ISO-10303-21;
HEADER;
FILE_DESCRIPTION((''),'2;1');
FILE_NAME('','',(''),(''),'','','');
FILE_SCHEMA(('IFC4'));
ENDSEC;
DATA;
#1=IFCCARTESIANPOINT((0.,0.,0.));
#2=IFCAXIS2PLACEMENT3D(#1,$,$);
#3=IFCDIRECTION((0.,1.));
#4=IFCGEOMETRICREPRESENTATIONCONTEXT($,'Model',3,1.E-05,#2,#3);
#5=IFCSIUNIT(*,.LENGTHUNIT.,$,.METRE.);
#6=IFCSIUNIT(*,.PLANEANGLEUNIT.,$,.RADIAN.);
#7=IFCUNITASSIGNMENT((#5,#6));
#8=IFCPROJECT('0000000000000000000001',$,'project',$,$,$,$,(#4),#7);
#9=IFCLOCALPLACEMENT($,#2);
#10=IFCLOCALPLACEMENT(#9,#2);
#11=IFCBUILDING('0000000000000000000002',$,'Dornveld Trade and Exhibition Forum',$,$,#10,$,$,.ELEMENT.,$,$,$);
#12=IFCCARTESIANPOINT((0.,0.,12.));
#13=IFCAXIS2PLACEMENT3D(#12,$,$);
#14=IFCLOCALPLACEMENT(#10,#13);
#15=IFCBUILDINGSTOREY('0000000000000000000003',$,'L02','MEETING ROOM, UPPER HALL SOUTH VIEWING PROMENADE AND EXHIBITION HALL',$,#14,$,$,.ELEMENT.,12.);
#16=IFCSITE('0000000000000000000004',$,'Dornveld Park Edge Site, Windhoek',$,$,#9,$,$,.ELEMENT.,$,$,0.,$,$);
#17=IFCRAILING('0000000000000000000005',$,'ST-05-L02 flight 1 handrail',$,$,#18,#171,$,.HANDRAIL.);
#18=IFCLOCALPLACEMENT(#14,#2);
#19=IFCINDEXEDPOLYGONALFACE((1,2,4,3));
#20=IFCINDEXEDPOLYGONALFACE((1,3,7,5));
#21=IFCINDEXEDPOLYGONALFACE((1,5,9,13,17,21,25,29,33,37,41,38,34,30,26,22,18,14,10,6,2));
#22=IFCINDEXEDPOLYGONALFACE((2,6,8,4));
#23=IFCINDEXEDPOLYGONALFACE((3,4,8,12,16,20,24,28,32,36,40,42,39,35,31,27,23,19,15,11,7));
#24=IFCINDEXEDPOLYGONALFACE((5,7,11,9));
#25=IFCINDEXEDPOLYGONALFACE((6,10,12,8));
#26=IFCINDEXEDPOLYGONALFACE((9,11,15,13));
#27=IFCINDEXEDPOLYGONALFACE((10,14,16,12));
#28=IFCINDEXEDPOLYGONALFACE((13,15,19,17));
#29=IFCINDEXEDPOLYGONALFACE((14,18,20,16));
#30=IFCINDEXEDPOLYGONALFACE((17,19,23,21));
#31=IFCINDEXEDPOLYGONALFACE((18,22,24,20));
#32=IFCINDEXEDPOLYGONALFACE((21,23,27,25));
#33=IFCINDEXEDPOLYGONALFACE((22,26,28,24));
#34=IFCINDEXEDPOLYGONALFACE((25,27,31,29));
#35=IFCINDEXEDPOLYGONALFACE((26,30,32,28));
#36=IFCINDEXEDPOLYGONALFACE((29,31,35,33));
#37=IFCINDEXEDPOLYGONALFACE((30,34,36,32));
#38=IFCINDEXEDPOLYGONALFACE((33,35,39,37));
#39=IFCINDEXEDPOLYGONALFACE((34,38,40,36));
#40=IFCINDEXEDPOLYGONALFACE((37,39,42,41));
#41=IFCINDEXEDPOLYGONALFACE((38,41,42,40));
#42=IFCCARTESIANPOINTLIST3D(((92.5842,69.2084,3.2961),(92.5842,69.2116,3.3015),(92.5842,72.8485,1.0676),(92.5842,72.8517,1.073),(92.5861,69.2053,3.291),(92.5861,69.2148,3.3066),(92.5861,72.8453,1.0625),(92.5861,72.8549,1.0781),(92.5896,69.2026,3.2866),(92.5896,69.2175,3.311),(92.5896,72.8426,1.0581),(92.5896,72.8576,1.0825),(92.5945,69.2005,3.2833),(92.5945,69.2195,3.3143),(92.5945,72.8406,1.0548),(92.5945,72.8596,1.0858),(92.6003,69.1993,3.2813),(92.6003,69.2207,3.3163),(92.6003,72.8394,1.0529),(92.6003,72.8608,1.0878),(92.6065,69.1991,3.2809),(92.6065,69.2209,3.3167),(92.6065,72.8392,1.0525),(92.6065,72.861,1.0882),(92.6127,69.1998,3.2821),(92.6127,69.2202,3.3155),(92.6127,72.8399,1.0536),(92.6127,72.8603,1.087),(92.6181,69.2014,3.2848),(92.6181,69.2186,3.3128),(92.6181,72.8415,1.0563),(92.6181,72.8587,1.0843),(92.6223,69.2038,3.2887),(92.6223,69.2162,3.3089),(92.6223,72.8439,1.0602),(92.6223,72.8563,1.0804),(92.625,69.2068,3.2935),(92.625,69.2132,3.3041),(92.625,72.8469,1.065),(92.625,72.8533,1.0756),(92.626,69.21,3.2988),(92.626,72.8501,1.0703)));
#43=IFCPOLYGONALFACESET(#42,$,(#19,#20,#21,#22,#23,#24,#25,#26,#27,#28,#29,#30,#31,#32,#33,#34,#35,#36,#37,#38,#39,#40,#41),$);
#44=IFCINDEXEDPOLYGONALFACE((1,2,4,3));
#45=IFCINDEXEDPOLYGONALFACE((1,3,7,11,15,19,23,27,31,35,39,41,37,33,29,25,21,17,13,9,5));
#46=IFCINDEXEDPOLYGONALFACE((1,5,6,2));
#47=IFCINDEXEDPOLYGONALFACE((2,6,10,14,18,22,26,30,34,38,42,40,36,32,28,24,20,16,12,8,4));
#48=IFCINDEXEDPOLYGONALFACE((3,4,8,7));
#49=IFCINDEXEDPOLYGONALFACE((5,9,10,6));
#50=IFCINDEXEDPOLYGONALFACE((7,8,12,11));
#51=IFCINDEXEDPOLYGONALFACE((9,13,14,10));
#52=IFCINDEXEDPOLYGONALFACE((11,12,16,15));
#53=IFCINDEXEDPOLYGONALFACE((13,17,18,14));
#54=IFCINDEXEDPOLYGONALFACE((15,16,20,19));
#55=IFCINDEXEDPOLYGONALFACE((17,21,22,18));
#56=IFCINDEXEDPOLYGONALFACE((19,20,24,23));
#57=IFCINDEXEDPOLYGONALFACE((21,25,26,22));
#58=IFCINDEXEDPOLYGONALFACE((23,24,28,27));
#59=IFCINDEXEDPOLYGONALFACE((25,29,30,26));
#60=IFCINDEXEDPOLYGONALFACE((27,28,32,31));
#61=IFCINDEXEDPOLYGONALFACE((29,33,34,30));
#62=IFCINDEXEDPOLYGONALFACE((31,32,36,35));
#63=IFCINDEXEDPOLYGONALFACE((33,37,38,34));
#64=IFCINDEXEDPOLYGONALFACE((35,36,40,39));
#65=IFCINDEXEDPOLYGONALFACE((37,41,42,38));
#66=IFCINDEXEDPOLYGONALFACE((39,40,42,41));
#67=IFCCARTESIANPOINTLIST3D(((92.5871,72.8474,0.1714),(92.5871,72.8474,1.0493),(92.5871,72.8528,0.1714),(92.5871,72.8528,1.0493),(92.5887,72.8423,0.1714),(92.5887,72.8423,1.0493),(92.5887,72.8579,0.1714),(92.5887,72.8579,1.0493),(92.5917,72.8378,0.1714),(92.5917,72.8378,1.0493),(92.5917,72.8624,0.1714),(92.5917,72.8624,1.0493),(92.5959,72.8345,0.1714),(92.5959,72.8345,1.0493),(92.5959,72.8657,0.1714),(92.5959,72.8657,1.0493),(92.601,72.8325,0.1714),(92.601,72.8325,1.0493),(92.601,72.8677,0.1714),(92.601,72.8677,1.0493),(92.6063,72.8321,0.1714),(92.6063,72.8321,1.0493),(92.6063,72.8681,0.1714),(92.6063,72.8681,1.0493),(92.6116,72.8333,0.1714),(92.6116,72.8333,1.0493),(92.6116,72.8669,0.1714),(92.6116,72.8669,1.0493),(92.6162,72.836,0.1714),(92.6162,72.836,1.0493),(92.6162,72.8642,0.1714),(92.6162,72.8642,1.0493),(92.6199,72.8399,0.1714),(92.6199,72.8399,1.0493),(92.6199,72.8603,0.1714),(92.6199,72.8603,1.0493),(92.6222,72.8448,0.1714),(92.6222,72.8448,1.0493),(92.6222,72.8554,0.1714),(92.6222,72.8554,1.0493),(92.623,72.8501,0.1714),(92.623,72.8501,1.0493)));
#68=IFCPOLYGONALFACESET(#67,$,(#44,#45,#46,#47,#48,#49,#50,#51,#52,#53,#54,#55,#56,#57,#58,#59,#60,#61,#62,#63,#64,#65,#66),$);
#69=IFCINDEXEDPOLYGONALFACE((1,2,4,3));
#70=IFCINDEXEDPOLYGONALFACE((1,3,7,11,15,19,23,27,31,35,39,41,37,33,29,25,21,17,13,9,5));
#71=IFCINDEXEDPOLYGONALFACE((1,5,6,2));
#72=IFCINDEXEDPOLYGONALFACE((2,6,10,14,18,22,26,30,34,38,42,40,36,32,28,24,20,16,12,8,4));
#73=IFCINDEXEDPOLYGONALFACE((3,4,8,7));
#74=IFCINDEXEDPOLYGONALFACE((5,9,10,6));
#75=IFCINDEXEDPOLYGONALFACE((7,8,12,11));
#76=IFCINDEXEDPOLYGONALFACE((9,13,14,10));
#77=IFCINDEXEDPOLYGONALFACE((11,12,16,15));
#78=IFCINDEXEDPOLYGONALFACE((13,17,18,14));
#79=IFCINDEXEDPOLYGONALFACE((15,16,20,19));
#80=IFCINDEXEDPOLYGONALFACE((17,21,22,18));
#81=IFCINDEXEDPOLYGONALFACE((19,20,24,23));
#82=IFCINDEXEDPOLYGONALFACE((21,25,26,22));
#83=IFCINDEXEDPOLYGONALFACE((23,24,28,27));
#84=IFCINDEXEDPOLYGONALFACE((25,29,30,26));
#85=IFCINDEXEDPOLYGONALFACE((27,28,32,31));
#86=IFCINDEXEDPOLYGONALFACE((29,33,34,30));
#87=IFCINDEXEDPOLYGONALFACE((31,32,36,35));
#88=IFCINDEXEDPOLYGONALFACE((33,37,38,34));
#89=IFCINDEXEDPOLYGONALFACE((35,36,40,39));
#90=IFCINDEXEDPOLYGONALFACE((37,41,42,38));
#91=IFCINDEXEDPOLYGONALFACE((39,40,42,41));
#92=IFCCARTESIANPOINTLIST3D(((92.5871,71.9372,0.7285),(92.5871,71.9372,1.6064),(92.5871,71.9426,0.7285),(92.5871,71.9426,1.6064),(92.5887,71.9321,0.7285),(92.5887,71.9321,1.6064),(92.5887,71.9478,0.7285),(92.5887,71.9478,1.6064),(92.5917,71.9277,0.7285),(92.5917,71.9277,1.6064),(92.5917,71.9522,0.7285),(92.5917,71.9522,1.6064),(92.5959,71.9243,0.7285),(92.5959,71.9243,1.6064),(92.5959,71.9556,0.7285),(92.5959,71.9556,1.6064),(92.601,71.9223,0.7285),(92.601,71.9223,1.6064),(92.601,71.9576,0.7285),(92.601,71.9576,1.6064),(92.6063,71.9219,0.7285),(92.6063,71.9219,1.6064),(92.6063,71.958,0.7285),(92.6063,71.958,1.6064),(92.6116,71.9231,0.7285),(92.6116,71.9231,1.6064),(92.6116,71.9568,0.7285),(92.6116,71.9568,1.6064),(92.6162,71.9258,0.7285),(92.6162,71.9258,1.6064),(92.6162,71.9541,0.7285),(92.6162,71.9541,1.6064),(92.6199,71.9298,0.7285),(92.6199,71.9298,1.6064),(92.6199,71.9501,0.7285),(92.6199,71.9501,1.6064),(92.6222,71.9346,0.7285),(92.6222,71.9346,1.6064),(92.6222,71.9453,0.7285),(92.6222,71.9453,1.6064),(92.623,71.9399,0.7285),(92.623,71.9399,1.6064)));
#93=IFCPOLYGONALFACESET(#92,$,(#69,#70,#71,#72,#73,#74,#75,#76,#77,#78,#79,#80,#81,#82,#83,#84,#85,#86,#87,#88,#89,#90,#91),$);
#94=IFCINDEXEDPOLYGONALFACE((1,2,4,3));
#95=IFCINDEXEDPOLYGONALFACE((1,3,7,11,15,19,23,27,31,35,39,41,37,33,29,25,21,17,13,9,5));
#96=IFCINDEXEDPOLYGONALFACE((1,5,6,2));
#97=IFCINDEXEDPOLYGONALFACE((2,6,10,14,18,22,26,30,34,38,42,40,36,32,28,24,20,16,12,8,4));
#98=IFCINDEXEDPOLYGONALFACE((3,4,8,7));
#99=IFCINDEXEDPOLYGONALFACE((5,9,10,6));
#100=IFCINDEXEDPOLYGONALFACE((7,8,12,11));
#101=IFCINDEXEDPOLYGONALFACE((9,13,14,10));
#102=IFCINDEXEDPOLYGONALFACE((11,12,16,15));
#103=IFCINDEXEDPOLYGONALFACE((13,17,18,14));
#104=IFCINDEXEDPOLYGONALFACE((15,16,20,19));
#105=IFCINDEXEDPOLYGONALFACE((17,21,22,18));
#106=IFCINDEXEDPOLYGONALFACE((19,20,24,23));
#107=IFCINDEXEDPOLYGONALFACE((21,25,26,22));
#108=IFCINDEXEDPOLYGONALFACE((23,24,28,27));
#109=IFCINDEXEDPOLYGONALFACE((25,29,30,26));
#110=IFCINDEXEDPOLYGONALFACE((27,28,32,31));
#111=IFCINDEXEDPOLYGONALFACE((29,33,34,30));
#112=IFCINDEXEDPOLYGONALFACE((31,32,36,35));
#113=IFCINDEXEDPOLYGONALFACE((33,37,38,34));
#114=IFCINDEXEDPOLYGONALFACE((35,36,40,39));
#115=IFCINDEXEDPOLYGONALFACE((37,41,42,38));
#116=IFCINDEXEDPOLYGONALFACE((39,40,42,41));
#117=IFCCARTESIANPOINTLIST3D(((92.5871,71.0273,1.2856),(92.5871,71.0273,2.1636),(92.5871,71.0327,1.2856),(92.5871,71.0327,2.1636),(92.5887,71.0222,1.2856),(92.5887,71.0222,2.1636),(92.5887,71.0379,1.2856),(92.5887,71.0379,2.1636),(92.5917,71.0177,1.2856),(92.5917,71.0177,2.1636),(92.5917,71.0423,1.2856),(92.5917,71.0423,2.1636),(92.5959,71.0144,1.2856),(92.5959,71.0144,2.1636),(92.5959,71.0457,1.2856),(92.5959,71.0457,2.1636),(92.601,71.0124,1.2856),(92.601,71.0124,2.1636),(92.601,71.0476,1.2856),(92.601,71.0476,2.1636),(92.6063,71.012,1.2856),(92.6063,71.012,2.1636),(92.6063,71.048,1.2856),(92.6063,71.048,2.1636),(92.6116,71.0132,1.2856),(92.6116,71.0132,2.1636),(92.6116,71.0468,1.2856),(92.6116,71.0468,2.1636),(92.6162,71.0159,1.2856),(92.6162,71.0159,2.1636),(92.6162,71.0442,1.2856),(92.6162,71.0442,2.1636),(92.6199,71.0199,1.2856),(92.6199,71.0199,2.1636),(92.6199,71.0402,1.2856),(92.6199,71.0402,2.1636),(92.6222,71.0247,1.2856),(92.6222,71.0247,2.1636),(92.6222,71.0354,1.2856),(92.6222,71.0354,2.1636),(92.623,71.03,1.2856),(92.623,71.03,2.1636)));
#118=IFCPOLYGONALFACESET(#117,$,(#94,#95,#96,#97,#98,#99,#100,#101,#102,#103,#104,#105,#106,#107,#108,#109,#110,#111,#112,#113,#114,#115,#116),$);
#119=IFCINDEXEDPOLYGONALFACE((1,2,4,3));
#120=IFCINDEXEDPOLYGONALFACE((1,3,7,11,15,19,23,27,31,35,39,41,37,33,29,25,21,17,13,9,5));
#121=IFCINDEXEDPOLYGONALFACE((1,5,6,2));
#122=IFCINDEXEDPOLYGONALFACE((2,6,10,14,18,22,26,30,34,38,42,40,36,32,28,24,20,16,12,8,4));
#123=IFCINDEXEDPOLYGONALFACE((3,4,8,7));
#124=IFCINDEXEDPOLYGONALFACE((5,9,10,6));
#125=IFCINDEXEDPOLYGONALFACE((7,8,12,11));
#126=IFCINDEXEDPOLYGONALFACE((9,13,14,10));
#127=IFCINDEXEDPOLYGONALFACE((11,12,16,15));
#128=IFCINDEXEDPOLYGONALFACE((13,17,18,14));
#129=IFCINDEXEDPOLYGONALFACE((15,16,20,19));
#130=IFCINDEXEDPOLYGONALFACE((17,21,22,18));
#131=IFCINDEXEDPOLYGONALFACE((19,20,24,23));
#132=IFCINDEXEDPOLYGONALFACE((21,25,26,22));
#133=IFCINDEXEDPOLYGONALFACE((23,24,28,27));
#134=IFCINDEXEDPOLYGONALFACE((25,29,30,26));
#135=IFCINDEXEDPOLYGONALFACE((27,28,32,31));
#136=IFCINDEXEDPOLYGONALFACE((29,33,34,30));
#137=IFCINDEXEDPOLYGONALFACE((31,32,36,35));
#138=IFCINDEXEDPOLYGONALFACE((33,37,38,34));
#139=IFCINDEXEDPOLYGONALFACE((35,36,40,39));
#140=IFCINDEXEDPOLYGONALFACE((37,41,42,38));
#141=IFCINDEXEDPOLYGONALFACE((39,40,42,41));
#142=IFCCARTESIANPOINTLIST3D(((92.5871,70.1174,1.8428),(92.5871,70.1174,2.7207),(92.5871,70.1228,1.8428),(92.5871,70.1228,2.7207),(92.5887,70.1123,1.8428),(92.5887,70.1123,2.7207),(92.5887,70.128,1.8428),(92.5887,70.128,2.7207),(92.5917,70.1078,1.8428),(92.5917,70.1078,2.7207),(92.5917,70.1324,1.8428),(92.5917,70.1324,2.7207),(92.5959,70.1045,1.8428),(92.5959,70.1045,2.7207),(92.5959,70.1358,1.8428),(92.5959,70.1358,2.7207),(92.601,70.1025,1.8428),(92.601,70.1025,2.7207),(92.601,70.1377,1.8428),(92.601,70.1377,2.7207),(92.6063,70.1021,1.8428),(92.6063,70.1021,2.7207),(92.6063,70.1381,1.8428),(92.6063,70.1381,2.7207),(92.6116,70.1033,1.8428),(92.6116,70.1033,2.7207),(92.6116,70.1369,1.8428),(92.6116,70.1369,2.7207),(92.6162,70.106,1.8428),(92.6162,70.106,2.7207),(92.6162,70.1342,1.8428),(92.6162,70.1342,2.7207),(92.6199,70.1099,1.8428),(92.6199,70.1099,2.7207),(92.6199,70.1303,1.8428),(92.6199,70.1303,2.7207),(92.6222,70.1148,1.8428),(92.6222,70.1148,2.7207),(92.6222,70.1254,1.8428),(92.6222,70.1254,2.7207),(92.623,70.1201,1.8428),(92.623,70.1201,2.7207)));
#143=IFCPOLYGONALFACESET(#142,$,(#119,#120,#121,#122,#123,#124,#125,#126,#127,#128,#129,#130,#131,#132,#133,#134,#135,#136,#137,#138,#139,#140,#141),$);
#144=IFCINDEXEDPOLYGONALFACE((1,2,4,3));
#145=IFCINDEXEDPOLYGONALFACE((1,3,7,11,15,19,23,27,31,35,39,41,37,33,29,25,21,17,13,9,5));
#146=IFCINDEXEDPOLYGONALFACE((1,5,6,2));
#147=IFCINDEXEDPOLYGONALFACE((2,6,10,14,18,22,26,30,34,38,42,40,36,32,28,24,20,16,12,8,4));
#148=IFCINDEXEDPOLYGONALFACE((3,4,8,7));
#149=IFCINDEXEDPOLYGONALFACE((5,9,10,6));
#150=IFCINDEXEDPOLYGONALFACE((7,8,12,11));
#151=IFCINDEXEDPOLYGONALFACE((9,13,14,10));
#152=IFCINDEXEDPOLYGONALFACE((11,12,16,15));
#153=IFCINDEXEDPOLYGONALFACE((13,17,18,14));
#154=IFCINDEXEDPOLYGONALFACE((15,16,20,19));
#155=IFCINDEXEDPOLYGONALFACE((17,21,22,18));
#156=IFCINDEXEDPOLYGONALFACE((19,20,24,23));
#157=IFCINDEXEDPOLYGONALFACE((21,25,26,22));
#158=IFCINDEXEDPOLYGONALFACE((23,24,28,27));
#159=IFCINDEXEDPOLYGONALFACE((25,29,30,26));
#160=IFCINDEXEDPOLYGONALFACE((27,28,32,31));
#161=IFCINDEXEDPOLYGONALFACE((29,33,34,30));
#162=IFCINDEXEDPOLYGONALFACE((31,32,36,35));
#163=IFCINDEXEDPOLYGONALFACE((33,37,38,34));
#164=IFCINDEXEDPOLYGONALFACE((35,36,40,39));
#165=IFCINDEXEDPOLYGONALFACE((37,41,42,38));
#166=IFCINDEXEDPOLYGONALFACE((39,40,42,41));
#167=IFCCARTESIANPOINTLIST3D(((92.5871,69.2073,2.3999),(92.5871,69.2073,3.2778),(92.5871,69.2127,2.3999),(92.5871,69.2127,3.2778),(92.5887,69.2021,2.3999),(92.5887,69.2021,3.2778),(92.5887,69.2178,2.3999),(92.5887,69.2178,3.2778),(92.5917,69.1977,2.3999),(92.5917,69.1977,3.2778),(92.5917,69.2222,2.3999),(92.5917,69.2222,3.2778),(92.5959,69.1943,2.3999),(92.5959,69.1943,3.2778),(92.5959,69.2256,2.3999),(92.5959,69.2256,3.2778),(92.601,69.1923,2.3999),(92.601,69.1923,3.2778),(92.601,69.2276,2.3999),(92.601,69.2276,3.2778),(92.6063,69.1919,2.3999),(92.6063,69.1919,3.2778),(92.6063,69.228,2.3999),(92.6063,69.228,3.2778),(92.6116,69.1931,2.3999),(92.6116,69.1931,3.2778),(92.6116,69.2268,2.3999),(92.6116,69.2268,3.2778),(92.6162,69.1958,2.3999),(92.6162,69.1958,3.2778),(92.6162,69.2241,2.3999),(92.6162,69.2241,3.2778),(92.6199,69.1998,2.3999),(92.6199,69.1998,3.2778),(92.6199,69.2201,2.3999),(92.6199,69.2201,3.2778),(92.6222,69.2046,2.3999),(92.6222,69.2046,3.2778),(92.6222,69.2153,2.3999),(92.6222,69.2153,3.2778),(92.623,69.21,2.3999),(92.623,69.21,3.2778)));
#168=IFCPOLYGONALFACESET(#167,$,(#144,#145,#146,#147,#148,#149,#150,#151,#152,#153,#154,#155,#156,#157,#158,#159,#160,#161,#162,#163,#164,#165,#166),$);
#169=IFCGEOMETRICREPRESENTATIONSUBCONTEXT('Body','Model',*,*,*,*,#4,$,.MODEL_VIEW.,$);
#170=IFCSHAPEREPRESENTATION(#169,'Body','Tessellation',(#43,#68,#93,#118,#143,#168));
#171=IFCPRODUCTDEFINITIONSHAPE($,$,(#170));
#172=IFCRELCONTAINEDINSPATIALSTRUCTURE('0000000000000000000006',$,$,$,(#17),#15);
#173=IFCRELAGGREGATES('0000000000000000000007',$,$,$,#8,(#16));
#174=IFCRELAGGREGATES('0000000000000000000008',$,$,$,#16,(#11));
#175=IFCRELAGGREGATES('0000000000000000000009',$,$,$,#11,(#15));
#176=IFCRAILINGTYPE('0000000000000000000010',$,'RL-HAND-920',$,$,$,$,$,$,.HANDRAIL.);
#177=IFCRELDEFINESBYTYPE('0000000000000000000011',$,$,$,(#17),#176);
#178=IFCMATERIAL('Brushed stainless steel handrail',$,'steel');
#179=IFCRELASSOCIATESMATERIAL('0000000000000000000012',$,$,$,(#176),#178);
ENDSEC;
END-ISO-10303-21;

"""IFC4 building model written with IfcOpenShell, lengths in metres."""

from ifc_helpers import new_model, si_unit, direction, frame, origin, origin_2d, place, context, subcontext, project, spatial, circle, extrude, material, type_object, element, save


model = new_model("IFC4")

# Units and contexts
model_context = context("Model", 3, precision=1e-05, world=origin(), true_north=direction((0.0, 1.0)))
body_context = subcontext(model_context, "Body", "Model", "MODEL_VIEW")
ifc_project = project(units=[si_unit("LENGTHUNIT", "METRE"), si_unit("PLANEANGLEUNIT", "RADIAN")], contexts=[model_context])

# Site, building, storey
site_placement = place(None, origin())
site = spatial("IfcSite", under=ifc_project, at=site_placement, Name="Dornveld Park Edge Site, Windhoek", CompositionType="ELEMENT", RefElevation=0.0)
building_placement = place(site_placement, origin())
building = spatial("IfcBuilding", under=site, at=building_placement, Name="Dornveld Trade and Exhibition Forum", CompositionType="ELEMENT")
storey_placement = place(building_placement, frame((0.0, 0.0, 12.0)))
storey = spatial("IfcBuildingStorey", under=building, at=storey_placement, Name="L02", Description="MEETING ROOM, UPPER HALL SOUTH VIEWING PROMENADE AND EXHIBITION HALL", CompositionType="ELEMENT", Elevation=12.0)

# Railing
ifc_material_1 = material(Name="Brushed stainless steel handrail", Category="steel")
railing_type_1 = type_object("IfcRailingType", Name="RL-HAND-920", PredefinedType="HANDRAIL", material=ifc_material_1)
railing_1_placement = place(storey_placement, frame((92.605, 72.8501, 0.1714)))
element("IfcRailing", 1, at=railing_1_placement, inside=storey, type_object=railing_type_1, Name="ST-05-L02 flight 1 handrail", PredefinedType="HANDRAIL", context=body_context, shape_type="SweptSolid", body=[
    extrude(circle(Radius=0.021, at=origin_2d()), frame((0.0, 0.0, 0.8989), z_axis=(0.0, -0.852866, 0.52213), x_axis=(1.0, 0.0, 0.0)), (0.0, 0.0, 1.0), 4.2681),
    extrude(circle(Radius=0.0181, at=origin_2d()), origin(), (0.0, 0.0, 1.0), 0.8779),
    extrude(circle(Radius=0.0181, at=origin_2d()), frame((0.0, -0.9102, 0.5571)), (0.0, 0.0, 1.0), 0.8779),
    extrude(circle(Radius=0.0181, at=origin_2d()), frame((0.0, -1.8201, 1.1143)), (0.0, 0.0, 1.0), 0.8779),
    extrude(circle(Radius=0.0181, at=origin_2d()), frame((0.0, -2.73, 1.6714)), (0.0, 0.0, 1.0), 0.8779),
    extrude(circle(Radius=0.0181, at=origin_2d()), frame((0.0, -3.6401, 2.2285)), (0.0, 0.0, 1.0), 0.8779),
])

save(model, "model.ifc")
